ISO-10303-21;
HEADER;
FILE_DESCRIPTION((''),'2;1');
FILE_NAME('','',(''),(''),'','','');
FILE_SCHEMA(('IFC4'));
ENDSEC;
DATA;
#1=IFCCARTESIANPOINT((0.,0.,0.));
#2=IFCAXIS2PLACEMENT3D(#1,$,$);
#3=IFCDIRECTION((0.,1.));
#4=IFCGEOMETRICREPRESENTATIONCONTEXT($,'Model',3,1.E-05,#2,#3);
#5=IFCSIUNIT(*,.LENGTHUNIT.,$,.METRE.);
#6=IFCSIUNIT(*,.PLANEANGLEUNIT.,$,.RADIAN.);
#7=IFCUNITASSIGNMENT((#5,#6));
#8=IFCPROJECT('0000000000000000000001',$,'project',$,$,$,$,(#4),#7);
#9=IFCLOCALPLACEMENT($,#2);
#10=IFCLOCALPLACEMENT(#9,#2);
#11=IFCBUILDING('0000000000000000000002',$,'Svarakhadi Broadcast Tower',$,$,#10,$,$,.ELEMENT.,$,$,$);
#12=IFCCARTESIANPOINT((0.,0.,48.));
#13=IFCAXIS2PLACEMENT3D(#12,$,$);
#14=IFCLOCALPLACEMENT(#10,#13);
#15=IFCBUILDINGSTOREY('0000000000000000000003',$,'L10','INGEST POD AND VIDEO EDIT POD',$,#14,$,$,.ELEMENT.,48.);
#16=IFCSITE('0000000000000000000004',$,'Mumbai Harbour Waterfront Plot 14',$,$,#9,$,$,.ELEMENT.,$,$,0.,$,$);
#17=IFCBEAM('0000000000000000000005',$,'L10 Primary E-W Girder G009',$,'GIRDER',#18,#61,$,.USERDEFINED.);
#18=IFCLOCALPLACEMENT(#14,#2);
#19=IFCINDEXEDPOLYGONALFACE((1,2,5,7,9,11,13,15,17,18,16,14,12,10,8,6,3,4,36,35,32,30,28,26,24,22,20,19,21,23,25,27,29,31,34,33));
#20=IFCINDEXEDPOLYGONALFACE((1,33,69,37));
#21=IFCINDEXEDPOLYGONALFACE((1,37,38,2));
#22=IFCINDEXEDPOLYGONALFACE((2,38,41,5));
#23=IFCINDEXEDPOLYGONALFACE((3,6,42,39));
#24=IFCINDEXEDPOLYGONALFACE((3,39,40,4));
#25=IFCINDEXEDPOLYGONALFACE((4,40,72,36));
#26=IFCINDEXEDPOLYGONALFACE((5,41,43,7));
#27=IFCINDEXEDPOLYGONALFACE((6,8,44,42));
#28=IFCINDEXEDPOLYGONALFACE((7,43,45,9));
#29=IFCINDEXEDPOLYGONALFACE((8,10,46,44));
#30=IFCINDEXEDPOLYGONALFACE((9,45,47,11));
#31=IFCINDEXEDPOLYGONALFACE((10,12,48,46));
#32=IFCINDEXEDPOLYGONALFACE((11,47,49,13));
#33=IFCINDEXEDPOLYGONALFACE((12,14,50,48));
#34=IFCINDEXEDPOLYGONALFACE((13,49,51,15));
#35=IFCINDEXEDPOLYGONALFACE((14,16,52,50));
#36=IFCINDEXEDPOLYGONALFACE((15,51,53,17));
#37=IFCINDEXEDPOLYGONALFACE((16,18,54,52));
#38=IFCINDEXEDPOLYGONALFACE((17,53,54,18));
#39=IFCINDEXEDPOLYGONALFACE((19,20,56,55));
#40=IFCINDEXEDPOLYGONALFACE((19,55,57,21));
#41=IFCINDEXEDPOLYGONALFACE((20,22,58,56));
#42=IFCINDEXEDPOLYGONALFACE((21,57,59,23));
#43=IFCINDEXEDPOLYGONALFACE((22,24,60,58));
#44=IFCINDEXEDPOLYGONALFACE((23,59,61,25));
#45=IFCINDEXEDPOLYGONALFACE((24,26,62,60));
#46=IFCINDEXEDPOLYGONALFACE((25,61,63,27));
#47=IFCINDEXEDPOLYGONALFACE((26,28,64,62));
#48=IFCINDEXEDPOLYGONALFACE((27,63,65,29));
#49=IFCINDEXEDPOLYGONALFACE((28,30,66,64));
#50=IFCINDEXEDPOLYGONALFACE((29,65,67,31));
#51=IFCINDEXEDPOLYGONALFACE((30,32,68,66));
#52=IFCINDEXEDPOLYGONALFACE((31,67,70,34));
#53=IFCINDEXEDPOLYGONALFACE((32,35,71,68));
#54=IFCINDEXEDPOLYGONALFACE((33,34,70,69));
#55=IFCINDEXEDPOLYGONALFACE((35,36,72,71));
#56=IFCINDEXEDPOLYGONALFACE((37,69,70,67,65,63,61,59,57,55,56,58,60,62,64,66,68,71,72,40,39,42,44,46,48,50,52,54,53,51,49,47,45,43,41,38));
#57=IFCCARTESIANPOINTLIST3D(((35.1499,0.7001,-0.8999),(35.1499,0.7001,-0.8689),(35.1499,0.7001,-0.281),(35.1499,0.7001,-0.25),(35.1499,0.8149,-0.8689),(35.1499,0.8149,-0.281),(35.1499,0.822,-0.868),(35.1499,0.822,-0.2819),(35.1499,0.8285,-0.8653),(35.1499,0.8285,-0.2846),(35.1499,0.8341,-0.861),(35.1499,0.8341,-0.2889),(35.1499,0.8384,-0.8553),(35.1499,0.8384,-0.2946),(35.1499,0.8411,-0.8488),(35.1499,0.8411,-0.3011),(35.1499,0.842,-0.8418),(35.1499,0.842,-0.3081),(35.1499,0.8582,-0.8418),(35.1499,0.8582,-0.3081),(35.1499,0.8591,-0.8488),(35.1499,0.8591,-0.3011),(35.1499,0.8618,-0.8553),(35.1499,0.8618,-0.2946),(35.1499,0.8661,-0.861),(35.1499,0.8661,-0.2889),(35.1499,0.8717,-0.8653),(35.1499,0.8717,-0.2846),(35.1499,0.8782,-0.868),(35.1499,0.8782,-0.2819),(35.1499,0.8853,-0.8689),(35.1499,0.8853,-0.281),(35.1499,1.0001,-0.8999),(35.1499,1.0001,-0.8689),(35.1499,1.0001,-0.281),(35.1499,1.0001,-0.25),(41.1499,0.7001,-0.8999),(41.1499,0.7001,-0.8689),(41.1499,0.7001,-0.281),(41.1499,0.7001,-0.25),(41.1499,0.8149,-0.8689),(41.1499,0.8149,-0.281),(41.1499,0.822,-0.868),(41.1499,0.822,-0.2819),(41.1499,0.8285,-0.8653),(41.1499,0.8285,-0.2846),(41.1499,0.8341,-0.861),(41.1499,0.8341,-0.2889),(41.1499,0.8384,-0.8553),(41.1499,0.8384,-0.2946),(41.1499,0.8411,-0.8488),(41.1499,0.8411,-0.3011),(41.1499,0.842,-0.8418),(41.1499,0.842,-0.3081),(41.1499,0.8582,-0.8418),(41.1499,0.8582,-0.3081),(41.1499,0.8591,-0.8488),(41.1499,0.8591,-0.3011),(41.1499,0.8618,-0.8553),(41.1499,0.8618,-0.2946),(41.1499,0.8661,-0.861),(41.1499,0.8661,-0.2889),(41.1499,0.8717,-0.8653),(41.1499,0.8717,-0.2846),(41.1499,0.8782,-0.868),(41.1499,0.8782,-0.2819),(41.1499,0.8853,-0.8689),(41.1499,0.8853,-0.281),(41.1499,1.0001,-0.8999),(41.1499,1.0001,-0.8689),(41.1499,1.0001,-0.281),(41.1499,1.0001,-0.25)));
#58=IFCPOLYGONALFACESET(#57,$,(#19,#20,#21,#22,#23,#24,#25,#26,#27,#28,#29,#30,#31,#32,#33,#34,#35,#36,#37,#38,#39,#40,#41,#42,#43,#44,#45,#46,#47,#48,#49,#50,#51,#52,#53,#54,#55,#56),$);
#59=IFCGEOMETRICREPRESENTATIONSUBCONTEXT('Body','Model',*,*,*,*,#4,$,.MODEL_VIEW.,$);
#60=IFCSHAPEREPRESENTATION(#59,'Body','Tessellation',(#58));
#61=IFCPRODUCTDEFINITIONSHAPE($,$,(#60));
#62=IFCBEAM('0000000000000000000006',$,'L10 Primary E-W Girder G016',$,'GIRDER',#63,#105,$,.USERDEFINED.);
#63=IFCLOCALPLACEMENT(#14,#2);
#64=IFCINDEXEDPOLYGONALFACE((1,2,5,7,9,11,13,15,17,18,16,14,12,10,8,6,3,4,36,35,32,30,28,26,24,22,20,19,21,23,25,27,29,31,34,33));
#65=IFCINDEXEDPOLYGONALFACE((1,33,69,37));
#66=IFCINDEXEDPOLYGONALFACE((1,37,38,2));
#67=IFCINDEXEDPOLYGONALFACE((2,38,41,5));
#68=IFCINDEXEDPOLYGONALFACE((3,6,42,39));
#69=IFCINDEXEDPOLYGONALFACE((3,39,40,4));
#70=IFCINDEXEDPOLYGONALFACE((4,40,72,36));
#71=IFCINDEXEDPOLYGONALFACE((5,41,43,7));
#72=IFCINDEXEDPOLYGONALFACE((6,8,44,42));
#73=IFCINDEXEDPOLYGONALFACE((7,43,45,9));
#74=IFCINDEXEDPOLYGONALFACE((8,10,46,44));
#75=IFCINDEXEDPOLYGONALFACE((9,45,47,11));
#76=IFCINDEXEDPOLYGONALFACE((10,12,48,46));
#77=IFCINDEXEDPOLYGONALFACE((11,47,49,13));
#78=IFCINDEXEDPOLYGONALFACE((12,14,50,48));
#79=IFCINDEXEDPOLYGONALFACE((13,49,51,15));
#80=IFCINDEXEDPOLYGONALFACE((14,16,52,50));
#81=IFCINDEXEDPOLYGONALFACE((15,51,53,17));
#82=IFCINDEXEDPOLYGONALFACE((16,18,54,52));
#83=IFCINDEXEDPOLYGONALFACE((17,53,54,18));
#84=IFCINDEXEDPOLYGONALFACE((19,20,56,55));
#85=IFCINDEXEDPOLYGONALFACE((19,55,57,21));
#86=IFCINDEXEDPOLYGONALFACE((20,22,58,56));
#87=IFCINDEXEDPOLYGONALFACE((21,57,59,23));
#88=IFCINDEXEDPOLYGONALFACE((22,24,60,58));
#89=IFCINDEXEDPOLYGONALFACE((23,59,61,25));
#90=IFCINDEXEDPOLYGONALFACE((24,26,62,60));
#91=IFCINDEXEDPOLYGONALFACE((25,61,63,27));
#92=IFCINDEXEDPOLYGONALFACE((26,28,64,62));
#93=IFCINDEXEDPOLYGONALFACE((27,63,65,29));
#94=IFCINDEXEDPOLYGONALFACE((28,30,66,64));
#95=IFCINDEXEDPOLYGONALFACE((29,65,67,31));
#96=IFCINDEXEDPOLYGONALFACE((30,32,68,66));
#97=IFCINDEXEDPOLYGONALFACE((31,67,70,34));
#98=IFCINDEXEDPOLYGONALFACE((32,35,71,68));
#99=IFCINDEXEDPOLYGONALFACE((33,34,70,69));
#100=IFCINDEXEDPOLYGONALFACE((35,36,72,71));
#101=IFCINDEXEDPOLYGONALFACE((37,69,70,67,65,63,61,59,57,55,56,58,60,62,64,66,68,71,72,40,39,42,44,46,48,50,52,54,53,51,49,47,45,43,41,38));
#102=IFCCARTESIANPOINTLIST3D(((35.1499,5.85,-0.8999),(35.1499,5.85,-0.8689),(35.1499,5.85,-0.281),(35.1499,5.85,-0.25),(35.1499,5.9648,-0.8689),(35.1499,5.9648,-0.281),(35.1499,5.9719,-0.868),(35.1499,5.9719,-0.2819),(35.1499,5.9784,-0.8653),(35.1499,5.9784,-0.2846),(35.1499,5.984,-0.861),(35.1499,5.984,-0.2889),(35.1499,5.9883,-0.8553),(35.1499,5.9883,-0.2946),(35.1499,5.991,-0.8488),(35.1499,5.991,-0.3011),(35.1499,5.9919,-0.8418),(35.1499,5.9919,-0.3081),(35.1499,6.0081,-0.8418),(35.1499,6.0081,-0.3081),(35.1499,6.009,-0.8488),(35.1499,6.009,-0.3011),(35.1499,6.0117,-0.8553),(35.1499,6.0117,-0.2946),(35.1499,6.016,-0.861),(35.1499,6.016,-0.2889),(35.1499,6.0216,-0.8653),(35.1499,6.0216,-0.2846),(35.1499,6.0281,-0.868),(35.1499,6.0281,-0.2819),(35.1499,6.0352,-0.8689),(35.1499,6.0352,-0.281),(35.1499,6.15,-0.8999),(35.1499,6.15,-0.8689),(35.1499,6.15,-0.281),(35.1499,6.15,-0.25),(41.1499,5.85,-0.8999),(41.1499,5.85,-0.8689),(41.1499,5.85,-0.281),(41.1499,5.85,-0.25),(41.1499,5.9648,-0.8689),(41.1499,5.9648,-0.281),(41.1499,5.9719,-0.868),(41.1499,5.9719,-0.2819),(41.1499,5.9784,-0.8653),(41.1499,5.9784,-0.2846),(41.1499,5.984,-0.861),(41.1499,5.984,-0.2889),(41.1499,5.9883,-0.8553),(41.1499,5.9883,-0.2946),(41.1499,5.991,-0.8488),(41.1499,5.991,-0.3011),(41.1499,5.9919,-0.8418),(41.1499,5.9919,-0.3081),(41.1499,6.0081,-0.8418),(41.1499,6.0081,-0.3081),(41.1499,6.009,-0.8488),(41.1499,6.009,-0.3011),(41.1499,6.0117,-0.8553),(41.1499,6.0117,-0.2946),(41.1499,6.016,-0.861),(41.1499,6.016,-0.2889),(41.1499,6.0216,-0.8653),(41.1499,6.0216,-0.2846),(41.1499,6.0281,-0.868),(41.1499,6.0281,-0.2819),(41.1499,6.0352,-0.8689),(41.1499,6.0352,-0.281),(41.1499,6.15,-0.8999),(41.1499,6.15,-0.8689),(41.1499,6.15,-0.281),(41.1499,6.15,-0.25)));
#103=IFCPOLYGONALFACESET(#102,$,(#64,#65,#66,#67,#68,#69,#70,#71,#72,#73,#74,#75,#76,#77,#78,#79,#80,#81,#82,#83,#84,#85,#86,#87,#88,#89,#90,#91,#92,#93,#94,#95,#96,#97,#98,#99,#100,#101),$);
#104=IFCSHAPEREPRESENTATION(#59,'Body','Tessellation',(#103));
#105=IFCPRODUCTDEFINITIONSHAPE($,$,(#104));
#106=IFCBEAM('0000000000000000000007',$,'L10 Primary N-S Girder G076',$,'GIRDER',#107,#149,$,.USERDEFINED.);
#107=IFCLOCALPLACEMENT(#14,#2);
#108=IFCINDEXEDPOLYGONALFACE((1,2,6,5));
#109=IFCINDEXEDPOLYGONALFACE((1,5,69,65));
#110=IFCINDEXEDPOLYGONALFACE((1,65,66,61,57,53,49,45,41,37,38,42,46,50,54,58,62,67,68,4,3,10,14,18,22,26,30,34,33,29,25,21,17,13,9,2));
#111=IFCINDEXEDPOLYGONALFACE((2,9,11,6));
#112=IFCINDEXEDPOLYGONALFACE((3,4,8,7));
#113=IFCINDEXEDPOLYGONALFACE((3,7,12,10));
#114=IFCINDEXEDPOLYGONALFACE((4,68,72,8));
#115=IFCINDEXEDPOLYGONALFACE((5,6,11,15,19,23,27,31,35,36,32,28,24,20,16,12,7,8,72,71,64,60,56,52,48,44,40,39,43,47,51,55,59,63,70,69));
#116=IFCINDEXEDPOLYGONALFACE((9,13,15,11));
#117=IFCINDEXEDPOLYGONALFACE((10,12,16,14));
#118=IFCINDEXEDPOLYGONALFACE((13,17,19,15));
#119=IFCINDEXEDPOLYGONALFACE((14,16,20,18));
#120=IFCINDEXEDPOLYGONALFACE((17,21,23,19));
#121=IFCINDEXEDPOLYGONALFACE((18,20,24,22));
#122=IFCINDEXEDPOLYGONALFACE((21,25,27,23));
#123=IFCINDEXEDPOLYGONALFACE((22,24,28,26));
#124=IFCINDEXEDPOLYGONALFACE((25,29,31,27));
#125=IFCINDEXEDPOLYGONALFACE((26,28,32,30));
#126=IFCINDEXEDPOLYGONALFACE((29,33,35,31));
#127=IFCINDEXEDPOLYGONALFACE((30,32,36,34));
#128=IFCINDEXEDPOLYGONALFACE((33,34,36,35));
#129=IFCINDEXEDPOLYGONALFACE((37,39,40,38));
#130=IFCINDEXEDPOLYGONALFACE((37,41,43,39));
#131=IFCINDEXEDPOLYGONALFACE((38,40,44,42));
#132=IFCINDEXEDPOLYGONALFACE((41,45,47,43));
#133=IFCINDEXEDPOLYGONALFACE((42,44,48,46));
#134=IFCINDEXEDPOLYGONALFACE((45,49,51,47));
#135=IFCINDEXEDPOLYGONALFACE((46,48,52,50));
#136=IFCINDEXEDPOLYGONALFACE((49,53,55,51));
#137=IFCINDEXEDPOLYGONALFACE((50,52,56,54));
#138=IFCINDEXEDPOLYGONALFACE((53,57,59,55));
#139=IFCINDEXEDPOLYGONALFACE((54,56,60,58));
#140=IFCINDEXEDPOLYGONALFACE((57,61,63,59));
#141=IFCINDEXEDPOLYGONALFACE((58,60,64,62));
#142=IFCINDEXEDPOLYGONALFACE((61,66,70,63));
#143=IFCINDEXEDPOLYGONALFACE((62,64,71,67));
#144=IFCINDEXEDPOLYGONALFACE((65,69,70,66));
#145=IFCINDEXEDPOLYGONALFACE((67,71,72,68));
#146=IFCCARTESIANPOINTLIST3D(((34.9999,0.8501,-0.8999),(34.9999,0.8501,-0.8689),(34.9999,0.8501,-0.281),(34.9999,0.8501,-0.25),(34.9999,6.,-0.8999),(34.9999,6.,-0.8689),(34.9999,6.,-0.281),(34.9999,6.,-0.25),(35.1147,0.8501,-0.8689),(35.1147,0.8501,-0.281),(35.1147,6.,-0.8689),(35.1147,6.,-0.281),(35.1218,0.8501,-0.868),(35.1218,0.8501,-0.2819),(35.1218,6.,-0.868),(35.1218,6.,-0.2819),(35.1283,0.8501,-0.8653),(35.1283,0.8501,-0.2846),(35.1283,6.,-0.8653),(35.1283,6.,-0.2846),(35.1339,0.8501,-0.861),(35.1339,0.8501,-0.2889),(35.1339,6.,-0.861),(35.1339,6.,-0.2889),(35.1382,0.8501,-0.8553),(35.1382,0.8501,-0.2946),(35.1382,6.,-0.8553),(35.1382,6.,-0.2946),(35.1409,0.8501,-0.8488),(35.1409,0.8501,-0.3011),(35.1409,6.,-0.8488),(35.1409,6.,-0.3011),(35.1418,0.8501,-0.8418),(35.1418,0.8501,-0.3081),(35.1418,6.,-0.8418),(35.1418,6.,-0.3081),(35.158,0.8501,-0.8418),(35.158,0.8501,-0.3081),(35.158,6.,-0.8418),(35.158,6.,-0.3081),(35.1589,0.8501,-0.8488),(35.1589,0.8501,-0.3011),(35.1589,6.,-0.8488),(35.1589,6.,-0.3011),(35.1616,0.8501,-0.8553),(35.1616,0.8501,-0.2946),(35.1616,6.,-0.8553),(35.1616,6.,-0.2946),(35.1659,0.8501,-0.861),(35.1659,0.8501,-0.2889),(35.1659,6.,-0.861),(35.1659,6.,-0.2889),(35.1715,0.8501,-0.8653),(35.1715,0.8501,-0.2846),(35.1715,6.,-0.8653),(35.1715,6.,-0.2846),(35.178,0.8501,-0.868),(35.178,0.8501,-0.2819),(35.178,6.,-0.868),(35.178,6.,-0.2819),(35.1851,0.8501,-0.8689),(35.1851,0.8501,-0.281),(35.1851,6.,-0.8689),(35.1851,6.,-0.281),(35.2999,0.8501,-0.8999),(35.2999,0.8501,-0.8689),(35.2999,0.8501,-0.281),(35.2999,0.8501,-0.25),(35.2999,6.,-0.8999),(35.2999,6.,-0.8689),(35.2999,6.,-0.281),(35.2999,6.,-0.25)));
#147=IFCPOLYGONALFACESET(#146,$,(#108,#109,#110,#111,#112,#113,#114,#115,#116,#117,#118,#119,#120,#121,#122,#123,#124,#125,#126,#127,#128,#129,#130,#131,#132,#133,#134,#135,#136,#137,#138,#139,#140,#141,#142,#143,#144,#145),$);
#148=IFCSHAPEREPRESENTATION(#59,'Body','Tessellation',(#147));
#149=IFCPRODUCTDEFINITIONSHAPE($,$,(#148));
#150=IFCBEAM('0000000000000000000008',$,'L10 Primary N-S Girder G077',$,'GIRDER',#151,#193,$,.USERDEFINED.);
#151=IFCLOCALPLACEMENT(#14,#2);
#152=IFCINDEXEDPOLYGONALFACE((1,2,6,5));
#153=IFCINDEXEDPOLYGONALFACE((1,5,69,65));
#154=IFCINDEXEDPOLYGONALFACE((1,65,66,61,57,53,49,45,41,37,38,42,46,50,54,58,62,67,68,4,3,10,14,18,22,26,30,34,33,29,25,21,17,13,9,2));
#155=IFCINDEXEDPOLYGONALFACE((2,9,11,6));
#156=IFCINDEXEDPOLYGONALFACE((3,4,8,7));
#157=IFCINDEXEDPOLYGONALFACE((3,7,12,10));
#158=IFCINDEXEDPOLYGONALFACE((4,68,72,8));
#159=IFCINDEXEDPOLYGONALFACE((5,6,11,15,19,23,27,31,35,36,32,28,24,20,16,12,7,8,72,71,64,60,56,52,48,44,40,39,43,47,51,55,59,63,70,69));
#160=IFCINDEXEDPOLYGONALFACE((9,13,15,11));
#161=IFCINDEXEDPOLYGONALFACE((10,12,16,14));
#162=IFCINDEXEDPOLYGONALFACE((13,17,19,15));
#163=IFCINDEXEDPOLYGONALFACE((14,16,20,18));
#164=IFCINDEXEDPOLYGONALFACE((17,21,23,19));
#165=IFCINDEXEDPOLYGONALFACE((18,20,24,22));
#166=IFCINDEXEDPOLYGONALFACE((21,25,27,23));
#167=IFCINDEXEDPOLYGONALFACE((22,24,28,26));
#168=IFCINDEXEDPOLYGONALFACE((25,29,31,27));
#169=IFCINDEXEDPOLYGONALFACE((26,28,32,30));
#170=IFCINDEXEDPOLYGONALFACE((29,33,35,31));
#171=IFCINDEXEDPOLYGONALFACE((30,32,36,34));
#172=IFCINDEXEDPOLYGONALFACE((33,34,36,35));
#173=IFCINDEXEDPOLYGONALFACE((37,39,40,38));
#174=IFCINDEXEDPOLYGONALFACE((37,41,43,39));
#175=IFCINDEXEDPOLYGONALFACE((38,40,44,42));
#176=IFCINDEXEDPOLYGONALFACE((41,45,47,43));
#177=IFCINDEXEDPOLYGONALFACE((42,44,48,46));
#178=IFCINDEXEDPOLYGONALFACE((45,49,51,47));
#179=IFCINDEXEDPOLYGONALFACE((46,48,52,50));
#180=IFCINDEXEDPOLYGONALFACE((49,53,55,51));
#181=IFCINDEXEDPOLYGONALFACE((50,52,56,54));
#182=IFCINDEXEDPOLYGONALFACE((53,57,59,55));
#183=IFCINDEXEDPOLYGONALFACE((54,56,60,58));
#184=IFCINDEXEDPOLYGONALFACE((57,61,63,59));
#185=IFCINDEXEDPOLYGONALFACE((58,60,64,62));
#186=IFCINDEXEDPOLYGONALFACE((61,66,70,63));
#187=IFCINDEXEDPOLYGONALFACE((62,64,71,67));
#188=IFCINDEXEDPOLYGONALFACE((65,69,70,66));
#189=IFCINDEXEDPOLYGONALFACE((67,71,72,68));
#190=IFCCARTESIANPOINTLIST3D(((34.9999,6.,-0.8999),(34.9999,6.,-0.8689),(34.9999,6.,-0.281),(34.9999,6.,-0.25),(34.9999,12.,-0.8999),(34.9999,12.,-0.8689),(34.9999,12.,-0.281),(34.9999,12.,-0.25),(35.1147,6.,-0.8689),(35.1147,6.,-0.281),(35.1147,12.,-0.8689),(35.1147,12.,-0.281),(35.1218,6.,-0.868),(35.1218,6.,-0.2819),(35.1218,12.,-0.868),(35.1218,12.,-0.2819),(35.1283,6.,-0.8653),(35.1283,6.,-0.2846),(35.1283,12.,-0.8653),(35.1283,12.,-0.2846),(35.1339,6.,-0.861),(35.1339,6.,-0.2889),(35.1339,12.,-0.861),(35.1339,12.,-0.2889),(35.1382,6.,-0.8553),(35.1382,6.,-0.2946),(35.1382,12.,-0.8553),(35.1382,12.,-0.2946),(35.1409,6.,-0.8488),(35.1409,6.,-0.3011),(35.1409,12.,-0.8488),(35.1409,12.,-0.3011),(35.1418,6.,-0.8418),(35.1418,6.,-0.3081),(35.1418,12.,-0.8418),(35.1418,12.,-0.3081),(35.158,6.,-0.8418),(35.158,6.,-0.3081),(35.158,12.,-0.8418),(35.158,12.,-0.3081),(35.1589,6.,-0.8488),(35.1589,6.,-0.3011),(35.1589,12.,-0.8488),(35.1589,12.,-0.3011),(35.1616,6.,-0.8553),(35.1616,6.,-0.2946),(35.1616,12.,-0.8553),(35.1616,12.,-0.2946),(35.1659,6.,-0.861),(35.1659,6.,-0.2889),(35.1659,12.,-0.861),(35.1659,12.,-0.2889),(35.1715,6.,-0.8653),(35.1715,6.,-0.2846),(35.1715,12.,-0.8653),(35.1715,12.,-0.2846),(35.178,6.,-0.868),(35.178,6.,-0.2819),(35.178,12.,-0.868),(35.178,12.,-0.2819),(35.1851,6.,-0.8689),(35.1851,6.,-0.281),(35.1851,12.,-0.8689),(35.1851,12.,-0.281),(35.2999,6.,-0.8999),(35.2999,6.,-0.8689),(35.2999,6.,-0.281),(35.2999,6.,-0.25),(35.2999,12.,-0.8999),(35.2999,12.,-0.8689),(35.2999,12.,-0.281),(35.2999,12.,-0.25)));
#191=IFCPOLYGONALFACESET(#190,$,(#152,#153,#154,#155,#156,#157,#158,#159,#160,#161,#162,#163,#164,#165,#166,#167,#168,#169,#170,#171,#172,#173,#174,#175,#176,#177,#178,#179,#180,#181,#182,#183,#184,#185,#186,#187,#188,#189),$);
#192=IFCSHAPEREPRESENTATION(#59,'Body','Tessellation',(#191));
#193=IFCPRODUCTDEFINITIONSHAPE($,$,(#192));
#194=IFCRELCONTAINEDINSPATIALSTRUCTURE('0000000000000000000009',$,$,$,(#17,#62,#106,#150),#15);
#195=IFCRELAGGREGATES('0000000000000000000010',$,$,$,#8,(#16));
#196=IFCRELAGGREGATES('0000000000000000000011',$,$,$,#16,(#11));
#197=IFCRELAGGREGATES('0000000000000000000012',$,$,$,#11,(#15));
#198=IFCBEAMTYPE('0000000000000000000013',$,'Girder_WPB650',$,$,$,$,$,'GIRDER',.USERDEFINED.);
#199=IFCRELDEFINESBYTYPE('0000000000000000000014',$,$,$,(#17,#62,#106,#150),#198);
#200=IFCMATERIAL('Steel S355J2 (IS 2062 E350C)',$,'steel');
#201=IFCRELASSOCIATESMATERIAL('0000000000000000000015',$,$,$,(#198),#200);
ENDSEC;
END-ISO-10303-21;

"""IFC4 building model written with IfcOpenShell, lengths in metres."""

from ifc_helpers import new_model, si_unit, direction, frame, origin, origin_2d, place, context, subcontext, project, spatial, i_section, extrude, material, material_profile, profile_set, type_object, element, save


model = new_model("IFC4")

# Units and contexts
model_context = context("Model", 3, precision=1e-05, world=origin(), true_north=direction((0.0, 1.0)))
body_context = subcontext(model_context, "Body", "Model", "MODEL_VIEW")
ifc_project = project(units=[si_unit("LENGTHUNIT", "METRE"), si_unit("PLANEANGLEUNIT", "RADIAN")], contexts=[model_context])

# Site, building, storey
site_placement = place(None, origin())
site = spatial("IfcSite", under=ifc_project, at=site_placement, Name="Mumbai Harbour Waterfront Plot 14", CompositionType="ELEMENT", RefElevation=0.0)
building_placement = place(site_placement, origin())
building = spatial("IfcBuilding", under=site, at=building_placement, Name="Svarakhadi Broadcast Tower", CompositionType="ELEMENT")
storey_placement = place(building_placement, frame((0.0, 0.0, 48.0)))
storey = spatial("IfcBuildingStorey", under=building, at=storey_placement, Name="L10", Description="INGEST POD AND VIDEO EDIT POD", CompositionType="ELEMENT", Elevation=48.0)

# Shared definitions
ifc_material_1 = material(Name="Steel S355J2 (IS 2062 E350C)", Category="steel")

# Beams
ifc_material_profile_1 = material_profile(ifc_material_1, i_section(OverallWidth=0.3, OverallDepth=0.6499, WebThickness=0.0161, FlangeThickness=0.031, FilletRadius=0.0271, at=origin_2d()), Name="WPB 650x300x225")
ifc_profile_set_1 = profile_set([ifc_material_profile_1], Name="Steel S355J2 (IS 2062 E350C)")
beam_type_1 = type_object("IfcBeamType", Name="Girder_WPB650", ElementType="GIRDER", PredefinedType="USERDEFINED", material=ifc_profile_set_1)
for number, where, z_axis, x_axis, name in (
    (1, (35.1499, 0.8501, -0.575), (1.0, 0.0, 0.0), (0.0, 1.0, 0.0), "L10 Primary E-W Girder G009"),
    (2, (35.1499, 6.0, -0.575), (1.0, 0.0, 0.0), (0.0, 1.0, 0.0), "L10 Primary E-W Girder G016"),
):
    element("IfcBeam", number, at=place(storey_placement, frame(where, z_axis=z_axis, x_axis=x_axis)), inside=storey, type_object=beam_type_1, Name=name, ObjectType="GIRDER", PredefinedType="USERDEFINED", context=body_context, shape_type="SweptSolid", body=[
        extrude(i_section(OverallWidth=0.3, OverallDepth=0.6499, WebThickness=0.0161, FlangeThickness=0.031, FilletRadius=0.0271, at=origin_2d()), origin(), (0.0, 0.0, 1.0), 6.0),
    ])
beam_1_placement = place(storey_placement, frame((35.1499, 0.8501, -0.575), z_axis=(0.0, 1.0, 0.0), x_axis=(-1.0, 0.0, 0.0)))
element("IfcBeam", 3, at=beam_1_placement, inside=storey, type_object=beam_type_1, Name="L10 Primary N-S Girder G076", ObjectType="GIRDER", PredefinedType="USERDEFINED", context=body_context, shape_type="SweptSolid", body=[
    extrude(i_section(OverallWidth=0.3, OverallDepth=0.6499, WebThickness=0.0161, FlangeThickness=0.031, FilletRadius=0.0271, at=origin_2d()), origin(), (0.0, 0.0, 1.0), 5.1499),
])
beam_2_placement = place(storey_placement, frame((35.1499, 6.0, -0.575), z_axis=(0.0, 1.0, 0.0), x_axis=(-1.0, 0.0, 0.0)))
element("IfcBeam", 4, at=beam_2_placement, inside=storey, type_object=beam_type_1, Name="L10 Primary N-S Girder G077", ObjectType="GIRDER", PredefinedType="USERDEFINED", context=body_context, shape_type="SweptSolid", body=[
    extrude(i_section(OverallWidth=0.3, OverallDepth=0.6499, WebThickness=0.0161, FlangeThickness=0.031, FilletRadius=0.0271, at=origin_2d()), origin(), (0.0, 0.0, 1.0), 6.0),
])

save(model, "model.ifc")
